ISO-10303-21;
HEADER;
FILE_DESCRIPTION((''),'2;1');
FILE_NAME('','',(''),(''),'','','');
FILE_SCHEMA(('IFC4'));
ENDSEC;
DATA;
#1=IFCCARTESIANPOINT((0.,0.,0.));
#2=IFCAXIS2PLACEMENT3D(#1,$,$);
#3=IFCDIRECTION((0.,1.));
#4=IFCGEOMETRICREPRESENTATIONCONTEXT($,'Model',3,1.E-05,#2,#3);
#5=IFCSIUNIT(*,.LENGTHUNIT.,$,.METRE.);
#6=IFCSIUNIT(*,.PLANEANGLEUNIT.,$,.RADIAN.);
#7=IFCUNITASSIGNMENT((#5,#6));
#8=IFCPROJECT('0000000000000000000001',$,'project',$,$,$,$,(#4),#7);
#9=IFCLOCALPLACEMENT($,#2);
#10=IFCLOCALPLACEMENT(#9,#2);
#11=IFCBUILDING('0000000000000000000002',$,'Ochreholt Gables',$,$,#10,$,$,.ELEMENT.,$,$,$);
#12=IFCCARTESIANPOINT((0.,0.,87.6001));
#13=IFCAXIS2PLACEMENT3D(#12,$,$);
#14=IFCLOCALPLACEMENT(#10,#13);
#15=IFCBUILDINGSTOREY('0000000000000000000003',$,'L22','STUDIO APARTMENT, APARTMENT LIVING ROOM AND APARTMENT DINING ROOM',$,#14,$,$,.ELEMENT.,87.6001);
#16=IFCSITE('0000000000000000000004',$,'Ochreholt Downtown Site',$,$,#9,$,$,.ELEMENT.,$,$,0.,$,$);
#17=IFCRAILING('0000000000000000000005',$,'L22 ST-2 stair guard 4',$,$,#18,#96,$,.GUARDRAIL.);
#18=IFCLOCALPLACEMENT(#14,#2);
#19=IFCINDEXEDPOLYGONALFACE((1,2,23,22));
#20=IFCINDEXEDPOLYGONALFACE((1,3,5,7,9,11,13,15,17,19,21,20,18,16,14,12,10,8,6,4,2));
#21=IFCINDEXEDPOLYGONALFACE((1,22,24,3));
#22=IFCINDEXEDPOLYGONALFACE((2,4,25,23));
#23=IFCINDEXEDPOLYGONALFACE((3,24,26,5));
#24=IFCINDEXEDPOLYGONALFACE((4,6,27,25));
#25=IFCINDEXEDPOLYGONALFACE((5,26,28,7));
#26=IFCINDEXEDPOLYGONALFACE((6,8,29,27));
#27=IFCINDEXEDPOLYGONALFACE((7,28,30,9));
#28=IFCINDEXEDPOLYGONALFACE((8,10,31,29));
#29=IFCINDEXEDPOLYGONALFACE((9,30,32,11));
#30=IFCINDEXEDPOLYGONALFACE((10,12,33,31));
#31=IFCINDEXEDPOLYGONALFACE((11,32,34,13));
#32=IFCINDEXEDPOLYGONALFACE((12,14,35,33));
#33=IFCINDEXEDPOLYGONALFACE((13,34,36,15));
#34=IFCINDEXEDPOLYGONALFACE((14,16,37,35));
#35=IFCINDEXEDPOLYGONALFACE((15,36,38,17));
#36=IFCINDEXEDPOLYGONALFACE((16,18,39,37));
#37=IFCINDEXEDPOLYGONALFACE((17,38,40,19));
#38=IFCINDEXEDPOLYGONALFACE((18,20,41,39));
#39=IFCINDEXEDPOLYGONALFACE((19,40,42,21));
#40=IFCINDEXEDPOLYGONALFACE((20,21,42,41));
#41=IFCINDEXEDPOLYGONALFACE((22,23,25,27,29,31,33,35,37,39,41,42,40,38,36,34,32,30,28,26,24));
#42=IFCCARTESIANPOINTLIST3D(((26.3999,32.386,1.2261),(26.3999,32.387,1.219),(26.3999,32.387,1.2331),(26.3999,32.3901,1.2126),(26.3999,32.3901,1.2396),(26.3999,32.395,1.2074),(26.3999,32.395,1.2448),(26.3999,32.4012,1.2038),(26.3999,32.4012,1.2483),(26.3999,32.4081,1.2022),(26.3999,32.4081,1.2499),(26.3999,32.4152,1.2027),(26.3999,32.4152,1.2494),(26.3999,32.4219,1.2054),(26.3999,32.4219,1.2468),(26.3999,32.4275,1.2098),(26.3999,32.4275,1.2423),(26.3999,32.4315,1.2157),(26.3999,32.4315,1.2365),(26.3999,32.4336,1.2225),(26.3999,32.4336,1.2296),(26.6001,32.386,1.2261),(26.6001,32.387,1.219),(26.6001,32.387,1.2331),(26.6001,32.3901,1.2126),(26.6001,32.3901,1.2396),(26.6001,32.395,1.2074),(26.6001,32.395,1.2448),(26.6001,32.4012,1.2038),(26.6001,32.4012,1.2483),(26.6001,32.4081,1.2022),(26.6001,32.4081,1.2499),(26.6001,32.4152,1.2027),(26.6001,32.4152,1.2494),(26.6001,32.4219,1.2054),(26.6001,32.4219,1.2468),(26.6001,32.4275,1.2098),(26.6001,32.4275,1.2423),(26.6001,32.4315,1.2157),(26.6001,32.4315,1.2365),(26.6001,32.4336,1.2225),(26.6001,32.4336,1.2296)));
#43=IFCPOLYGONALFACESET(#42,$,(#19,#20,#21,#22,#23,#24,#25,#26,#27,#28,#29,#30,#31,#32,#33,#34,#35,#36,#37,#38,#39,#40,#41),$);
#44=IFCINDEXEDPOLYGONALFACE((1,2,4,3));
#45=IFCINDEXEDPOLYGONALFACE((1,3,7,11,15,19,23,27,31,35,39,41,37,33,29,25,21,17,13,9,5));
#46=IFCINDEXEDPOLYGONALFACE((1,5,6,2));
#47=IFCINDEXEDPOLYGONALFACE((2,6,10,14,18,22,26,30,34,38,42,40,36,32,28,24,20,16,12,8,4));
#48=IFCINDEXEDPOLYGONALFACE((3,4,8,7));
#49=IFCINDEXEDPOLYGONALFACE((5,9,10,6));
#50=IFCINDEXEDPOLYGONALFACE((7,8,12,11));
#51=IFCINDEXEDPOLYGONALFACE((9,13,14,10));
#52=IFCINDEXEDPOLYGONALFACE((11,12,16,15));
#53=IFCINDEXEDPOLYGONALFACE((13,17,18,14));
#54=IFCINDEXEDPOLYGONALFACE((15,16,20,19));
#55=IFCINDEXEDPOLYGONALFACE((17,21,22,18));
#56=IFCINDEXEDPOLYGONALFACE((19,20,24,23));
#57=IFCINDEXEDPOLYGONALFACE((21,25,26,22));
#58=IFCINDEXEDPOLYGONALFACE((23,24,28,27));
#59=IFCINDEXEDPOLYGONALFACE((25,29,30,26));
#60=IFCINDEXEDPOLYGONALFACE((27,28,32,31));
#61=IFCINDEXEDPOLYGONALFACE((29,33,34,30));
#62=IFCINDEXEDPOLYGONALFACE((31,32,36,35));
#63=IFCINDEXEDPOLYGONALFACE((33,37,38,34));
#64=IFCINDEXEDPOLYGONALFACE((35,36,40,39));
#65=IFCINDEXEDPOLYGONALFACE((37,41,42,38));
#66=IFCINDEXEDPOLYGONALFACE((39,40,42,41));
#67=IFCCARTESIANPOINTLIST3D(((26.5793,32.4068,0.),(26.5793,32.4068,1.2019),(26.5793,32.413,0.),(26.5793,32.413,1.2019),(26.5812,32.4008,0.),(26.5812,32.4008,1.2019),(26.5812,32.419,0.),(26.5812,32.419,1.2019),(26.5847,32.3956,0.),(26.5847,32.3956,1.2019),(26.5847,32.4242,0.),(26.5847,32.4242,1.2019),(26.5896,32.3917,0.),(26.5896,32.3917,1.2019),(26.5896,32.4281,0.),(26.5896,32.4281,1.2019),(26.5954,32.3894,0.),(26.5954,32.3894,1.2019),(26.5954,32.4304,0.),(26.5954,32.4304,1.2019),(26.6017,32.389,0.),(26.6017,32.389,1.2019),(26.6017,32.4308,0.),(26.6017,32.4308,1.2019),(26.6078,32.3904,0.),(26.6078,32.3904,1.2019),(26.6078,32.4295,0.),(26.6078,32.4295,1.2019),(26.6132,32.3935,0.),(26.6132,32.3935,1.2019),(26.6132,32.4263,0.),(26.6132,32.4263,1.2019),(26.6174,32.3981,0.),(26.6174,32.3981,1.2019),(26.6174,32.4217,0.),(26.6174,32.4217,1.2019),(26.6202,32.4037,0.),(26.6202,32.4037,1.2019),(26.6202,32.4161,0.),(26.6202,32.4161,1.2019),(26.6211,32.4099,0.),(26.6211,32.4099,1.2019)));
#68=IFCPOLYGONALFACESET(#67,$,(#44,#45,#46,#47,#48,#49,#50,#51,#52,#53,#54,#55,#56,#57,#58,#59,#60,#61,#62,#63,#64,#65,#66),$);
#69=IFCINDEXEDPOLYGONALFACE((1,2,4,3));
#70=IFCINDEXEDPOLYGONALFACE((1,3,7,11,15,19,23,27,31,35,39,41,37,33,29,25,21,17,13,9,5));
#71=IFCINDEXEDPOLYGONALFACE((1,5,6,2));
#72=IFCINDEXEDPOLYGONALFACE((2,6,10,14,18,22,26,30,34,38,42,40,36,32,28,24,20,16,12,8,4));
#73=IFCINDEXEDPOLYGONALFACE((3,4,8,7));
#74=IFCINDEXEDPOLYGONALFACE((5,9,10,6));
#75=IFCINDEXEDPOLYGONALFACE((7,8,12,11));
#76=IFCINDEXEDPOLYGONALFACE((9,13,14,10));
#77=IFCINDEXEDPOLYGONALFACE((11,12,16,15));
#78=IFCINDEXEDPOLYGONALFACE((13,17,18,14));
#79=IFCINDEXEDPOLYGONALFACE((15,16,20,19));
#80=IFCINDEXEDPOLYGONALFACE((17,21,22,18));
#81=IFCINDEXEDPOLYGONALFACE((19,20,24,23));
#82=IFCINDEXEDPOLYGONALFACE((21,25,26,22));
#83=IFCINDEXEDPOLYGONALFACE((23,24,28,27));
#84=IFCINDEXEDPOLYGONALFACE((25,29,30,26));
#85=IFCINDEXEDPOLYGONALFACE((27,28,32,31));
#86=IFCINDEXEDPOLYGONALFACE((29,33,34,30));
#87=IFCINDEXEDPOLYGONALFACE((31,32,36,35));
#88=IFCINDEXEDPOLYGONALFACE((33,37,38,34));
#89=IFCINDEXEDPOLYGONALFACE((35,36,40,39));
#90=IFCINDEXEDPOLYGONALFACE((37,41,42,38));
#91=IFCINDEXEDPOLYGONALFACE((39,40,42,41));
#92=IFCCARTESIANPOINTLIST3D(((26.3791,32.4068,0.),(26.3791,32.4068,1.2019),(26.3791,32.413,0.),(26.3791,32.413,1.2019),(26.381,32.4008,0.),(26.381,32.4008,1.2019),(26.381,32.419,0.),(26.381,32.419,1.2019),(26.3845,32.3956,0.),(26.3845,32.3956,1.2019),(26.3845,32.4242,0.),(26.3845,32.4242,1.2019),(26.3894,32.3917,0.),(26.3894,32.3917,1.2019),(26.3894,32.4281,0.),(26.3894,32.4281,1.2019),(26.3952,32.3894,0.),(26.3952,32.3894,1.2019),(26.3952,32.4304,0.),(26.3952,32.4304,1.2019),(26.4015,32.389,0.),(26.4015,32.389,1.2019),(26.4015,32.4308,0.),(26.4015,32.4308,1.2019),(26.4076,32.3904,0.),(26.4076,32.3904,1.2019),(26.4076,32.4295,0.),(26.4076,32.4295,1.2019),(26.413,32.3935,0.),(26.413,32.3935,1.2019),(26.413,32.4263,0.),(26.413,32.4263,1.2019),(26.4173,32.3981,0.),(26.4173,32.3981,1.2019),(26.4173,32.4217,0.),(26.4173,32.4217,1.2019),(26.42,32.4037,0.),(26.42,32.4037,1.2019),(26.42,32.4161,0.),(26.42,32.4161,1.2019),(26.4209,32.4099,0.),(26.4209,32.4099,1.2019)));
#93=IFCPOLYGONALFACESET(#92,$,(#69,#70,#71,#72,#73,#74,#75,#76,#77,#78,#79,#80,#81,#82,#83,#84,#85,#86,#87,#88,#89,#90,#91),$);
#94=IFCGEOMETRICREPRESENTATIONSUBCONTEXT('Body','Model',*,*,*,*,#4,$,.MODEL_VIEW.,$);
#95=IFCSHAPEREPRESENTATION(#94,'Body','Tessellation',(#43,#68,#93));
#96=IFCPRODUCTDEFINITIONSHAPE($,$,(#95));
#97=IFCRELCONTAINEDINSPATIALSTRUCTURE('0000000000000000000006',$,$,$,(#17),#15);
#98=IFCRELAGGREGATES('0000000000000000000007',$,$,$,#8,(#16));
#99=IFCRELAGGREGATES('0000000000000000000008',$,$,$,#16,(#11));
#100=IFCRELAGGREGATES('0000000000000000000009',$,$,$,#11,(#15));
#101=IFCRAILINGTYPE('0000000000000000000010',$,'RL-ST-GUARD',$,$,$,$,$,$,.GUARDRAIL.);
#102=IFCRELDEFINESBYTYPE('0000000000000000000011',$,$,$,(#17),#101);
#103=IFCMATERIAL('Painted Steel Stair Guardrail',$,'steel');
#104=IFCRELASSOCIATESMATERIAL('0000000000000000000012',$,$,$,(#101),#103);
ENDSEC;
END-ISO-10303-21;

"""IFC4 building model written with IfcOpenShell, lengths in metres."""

from ifc_helpers import new_model, si_unit, direction, frame, origin, origin_2d, place, context, subcontext, project, spatial, circle, extrude, material, type_object, element, save


model = new_model("IFC4")

# Units and contexts
model_context = context("Model", 3, precision=1e-05, world=origin(), true_north=direction((0.0, 1.0)))
body_context = subcontext(model_context, "Body", "Model", "MODEL_VIEW")
ifc_project = project(units=[si_unit("LENGTHUNIT", "METRE"), si_unit("PLANEANGLEUNIT", "RADIAN")], contexts=[model_context])

# Site, building, storey
site_placement = place(None, origin())
site = spatial("IfcSite", under=ifc_project, at=site_placement, Name="Ochreholt Downtown Site", CompositionType="ELEMENT", RefElevation=0.0)
building_placement = place(site_placement, origin())
building = spatial("IfcBuilding", under=site, at=building_placement, Name="Ochreholt Gables", CompositionType="ELEMENT")
storey_placement = place(building_placement, frame((0.0, 0.0, 87.6001)))
storey = spatial("IfcBuildingStorey", under=building, at=storey_placement, Name="L22", Description="STUDIO APARTMENT, APARTMENT LIVING ROOM AND APARTMENT DINING ROOM", CompositionType="ELEMENT", Elevation=87.6001)

# Railing
ifc_material_1 = material(Name="Painted Steel Stair Guardrail", Category="steel")
railing_type_1 = type_object("IfcRailingType", Name="RL-ST-GUARD", PredefinedType="GUARDRAIL", material=ifc_material_1)
railing_1_placement = place(storey_placement, frame((26.6001, 32.4099, 0.0)))
element("IfcRailing", 1, at=railing_1_placement, inside=storey, type_object=railing_type_1, Name="L22 ST-2 stair guard 4", PredefinedType="GUARDRAIL", context=body_context, shape_type="SweptSolid", body=[
    extrude(circle(Radius=0.0239, at=origin_2d()), frame((0.0, 0.0, 1.2261), z_axis=(-1.0, 0.0, 0.0), x_axis=(0.0, -1.0, 0.0)), (0.0, 0.0, 1.0), 0.2002),
    extrude(circle(Radius=0.021, at=origin_2d()), origin(), (0.0, 0.0, 1.0), 1.2019),
    extrude(circle(Radius=0.021, at=origin_2d()), frame((-0.2002, 0.0, 0.0)), (0.0, 0.0, 1.0), 1.2019),
])

save(model, "model.ifc")
